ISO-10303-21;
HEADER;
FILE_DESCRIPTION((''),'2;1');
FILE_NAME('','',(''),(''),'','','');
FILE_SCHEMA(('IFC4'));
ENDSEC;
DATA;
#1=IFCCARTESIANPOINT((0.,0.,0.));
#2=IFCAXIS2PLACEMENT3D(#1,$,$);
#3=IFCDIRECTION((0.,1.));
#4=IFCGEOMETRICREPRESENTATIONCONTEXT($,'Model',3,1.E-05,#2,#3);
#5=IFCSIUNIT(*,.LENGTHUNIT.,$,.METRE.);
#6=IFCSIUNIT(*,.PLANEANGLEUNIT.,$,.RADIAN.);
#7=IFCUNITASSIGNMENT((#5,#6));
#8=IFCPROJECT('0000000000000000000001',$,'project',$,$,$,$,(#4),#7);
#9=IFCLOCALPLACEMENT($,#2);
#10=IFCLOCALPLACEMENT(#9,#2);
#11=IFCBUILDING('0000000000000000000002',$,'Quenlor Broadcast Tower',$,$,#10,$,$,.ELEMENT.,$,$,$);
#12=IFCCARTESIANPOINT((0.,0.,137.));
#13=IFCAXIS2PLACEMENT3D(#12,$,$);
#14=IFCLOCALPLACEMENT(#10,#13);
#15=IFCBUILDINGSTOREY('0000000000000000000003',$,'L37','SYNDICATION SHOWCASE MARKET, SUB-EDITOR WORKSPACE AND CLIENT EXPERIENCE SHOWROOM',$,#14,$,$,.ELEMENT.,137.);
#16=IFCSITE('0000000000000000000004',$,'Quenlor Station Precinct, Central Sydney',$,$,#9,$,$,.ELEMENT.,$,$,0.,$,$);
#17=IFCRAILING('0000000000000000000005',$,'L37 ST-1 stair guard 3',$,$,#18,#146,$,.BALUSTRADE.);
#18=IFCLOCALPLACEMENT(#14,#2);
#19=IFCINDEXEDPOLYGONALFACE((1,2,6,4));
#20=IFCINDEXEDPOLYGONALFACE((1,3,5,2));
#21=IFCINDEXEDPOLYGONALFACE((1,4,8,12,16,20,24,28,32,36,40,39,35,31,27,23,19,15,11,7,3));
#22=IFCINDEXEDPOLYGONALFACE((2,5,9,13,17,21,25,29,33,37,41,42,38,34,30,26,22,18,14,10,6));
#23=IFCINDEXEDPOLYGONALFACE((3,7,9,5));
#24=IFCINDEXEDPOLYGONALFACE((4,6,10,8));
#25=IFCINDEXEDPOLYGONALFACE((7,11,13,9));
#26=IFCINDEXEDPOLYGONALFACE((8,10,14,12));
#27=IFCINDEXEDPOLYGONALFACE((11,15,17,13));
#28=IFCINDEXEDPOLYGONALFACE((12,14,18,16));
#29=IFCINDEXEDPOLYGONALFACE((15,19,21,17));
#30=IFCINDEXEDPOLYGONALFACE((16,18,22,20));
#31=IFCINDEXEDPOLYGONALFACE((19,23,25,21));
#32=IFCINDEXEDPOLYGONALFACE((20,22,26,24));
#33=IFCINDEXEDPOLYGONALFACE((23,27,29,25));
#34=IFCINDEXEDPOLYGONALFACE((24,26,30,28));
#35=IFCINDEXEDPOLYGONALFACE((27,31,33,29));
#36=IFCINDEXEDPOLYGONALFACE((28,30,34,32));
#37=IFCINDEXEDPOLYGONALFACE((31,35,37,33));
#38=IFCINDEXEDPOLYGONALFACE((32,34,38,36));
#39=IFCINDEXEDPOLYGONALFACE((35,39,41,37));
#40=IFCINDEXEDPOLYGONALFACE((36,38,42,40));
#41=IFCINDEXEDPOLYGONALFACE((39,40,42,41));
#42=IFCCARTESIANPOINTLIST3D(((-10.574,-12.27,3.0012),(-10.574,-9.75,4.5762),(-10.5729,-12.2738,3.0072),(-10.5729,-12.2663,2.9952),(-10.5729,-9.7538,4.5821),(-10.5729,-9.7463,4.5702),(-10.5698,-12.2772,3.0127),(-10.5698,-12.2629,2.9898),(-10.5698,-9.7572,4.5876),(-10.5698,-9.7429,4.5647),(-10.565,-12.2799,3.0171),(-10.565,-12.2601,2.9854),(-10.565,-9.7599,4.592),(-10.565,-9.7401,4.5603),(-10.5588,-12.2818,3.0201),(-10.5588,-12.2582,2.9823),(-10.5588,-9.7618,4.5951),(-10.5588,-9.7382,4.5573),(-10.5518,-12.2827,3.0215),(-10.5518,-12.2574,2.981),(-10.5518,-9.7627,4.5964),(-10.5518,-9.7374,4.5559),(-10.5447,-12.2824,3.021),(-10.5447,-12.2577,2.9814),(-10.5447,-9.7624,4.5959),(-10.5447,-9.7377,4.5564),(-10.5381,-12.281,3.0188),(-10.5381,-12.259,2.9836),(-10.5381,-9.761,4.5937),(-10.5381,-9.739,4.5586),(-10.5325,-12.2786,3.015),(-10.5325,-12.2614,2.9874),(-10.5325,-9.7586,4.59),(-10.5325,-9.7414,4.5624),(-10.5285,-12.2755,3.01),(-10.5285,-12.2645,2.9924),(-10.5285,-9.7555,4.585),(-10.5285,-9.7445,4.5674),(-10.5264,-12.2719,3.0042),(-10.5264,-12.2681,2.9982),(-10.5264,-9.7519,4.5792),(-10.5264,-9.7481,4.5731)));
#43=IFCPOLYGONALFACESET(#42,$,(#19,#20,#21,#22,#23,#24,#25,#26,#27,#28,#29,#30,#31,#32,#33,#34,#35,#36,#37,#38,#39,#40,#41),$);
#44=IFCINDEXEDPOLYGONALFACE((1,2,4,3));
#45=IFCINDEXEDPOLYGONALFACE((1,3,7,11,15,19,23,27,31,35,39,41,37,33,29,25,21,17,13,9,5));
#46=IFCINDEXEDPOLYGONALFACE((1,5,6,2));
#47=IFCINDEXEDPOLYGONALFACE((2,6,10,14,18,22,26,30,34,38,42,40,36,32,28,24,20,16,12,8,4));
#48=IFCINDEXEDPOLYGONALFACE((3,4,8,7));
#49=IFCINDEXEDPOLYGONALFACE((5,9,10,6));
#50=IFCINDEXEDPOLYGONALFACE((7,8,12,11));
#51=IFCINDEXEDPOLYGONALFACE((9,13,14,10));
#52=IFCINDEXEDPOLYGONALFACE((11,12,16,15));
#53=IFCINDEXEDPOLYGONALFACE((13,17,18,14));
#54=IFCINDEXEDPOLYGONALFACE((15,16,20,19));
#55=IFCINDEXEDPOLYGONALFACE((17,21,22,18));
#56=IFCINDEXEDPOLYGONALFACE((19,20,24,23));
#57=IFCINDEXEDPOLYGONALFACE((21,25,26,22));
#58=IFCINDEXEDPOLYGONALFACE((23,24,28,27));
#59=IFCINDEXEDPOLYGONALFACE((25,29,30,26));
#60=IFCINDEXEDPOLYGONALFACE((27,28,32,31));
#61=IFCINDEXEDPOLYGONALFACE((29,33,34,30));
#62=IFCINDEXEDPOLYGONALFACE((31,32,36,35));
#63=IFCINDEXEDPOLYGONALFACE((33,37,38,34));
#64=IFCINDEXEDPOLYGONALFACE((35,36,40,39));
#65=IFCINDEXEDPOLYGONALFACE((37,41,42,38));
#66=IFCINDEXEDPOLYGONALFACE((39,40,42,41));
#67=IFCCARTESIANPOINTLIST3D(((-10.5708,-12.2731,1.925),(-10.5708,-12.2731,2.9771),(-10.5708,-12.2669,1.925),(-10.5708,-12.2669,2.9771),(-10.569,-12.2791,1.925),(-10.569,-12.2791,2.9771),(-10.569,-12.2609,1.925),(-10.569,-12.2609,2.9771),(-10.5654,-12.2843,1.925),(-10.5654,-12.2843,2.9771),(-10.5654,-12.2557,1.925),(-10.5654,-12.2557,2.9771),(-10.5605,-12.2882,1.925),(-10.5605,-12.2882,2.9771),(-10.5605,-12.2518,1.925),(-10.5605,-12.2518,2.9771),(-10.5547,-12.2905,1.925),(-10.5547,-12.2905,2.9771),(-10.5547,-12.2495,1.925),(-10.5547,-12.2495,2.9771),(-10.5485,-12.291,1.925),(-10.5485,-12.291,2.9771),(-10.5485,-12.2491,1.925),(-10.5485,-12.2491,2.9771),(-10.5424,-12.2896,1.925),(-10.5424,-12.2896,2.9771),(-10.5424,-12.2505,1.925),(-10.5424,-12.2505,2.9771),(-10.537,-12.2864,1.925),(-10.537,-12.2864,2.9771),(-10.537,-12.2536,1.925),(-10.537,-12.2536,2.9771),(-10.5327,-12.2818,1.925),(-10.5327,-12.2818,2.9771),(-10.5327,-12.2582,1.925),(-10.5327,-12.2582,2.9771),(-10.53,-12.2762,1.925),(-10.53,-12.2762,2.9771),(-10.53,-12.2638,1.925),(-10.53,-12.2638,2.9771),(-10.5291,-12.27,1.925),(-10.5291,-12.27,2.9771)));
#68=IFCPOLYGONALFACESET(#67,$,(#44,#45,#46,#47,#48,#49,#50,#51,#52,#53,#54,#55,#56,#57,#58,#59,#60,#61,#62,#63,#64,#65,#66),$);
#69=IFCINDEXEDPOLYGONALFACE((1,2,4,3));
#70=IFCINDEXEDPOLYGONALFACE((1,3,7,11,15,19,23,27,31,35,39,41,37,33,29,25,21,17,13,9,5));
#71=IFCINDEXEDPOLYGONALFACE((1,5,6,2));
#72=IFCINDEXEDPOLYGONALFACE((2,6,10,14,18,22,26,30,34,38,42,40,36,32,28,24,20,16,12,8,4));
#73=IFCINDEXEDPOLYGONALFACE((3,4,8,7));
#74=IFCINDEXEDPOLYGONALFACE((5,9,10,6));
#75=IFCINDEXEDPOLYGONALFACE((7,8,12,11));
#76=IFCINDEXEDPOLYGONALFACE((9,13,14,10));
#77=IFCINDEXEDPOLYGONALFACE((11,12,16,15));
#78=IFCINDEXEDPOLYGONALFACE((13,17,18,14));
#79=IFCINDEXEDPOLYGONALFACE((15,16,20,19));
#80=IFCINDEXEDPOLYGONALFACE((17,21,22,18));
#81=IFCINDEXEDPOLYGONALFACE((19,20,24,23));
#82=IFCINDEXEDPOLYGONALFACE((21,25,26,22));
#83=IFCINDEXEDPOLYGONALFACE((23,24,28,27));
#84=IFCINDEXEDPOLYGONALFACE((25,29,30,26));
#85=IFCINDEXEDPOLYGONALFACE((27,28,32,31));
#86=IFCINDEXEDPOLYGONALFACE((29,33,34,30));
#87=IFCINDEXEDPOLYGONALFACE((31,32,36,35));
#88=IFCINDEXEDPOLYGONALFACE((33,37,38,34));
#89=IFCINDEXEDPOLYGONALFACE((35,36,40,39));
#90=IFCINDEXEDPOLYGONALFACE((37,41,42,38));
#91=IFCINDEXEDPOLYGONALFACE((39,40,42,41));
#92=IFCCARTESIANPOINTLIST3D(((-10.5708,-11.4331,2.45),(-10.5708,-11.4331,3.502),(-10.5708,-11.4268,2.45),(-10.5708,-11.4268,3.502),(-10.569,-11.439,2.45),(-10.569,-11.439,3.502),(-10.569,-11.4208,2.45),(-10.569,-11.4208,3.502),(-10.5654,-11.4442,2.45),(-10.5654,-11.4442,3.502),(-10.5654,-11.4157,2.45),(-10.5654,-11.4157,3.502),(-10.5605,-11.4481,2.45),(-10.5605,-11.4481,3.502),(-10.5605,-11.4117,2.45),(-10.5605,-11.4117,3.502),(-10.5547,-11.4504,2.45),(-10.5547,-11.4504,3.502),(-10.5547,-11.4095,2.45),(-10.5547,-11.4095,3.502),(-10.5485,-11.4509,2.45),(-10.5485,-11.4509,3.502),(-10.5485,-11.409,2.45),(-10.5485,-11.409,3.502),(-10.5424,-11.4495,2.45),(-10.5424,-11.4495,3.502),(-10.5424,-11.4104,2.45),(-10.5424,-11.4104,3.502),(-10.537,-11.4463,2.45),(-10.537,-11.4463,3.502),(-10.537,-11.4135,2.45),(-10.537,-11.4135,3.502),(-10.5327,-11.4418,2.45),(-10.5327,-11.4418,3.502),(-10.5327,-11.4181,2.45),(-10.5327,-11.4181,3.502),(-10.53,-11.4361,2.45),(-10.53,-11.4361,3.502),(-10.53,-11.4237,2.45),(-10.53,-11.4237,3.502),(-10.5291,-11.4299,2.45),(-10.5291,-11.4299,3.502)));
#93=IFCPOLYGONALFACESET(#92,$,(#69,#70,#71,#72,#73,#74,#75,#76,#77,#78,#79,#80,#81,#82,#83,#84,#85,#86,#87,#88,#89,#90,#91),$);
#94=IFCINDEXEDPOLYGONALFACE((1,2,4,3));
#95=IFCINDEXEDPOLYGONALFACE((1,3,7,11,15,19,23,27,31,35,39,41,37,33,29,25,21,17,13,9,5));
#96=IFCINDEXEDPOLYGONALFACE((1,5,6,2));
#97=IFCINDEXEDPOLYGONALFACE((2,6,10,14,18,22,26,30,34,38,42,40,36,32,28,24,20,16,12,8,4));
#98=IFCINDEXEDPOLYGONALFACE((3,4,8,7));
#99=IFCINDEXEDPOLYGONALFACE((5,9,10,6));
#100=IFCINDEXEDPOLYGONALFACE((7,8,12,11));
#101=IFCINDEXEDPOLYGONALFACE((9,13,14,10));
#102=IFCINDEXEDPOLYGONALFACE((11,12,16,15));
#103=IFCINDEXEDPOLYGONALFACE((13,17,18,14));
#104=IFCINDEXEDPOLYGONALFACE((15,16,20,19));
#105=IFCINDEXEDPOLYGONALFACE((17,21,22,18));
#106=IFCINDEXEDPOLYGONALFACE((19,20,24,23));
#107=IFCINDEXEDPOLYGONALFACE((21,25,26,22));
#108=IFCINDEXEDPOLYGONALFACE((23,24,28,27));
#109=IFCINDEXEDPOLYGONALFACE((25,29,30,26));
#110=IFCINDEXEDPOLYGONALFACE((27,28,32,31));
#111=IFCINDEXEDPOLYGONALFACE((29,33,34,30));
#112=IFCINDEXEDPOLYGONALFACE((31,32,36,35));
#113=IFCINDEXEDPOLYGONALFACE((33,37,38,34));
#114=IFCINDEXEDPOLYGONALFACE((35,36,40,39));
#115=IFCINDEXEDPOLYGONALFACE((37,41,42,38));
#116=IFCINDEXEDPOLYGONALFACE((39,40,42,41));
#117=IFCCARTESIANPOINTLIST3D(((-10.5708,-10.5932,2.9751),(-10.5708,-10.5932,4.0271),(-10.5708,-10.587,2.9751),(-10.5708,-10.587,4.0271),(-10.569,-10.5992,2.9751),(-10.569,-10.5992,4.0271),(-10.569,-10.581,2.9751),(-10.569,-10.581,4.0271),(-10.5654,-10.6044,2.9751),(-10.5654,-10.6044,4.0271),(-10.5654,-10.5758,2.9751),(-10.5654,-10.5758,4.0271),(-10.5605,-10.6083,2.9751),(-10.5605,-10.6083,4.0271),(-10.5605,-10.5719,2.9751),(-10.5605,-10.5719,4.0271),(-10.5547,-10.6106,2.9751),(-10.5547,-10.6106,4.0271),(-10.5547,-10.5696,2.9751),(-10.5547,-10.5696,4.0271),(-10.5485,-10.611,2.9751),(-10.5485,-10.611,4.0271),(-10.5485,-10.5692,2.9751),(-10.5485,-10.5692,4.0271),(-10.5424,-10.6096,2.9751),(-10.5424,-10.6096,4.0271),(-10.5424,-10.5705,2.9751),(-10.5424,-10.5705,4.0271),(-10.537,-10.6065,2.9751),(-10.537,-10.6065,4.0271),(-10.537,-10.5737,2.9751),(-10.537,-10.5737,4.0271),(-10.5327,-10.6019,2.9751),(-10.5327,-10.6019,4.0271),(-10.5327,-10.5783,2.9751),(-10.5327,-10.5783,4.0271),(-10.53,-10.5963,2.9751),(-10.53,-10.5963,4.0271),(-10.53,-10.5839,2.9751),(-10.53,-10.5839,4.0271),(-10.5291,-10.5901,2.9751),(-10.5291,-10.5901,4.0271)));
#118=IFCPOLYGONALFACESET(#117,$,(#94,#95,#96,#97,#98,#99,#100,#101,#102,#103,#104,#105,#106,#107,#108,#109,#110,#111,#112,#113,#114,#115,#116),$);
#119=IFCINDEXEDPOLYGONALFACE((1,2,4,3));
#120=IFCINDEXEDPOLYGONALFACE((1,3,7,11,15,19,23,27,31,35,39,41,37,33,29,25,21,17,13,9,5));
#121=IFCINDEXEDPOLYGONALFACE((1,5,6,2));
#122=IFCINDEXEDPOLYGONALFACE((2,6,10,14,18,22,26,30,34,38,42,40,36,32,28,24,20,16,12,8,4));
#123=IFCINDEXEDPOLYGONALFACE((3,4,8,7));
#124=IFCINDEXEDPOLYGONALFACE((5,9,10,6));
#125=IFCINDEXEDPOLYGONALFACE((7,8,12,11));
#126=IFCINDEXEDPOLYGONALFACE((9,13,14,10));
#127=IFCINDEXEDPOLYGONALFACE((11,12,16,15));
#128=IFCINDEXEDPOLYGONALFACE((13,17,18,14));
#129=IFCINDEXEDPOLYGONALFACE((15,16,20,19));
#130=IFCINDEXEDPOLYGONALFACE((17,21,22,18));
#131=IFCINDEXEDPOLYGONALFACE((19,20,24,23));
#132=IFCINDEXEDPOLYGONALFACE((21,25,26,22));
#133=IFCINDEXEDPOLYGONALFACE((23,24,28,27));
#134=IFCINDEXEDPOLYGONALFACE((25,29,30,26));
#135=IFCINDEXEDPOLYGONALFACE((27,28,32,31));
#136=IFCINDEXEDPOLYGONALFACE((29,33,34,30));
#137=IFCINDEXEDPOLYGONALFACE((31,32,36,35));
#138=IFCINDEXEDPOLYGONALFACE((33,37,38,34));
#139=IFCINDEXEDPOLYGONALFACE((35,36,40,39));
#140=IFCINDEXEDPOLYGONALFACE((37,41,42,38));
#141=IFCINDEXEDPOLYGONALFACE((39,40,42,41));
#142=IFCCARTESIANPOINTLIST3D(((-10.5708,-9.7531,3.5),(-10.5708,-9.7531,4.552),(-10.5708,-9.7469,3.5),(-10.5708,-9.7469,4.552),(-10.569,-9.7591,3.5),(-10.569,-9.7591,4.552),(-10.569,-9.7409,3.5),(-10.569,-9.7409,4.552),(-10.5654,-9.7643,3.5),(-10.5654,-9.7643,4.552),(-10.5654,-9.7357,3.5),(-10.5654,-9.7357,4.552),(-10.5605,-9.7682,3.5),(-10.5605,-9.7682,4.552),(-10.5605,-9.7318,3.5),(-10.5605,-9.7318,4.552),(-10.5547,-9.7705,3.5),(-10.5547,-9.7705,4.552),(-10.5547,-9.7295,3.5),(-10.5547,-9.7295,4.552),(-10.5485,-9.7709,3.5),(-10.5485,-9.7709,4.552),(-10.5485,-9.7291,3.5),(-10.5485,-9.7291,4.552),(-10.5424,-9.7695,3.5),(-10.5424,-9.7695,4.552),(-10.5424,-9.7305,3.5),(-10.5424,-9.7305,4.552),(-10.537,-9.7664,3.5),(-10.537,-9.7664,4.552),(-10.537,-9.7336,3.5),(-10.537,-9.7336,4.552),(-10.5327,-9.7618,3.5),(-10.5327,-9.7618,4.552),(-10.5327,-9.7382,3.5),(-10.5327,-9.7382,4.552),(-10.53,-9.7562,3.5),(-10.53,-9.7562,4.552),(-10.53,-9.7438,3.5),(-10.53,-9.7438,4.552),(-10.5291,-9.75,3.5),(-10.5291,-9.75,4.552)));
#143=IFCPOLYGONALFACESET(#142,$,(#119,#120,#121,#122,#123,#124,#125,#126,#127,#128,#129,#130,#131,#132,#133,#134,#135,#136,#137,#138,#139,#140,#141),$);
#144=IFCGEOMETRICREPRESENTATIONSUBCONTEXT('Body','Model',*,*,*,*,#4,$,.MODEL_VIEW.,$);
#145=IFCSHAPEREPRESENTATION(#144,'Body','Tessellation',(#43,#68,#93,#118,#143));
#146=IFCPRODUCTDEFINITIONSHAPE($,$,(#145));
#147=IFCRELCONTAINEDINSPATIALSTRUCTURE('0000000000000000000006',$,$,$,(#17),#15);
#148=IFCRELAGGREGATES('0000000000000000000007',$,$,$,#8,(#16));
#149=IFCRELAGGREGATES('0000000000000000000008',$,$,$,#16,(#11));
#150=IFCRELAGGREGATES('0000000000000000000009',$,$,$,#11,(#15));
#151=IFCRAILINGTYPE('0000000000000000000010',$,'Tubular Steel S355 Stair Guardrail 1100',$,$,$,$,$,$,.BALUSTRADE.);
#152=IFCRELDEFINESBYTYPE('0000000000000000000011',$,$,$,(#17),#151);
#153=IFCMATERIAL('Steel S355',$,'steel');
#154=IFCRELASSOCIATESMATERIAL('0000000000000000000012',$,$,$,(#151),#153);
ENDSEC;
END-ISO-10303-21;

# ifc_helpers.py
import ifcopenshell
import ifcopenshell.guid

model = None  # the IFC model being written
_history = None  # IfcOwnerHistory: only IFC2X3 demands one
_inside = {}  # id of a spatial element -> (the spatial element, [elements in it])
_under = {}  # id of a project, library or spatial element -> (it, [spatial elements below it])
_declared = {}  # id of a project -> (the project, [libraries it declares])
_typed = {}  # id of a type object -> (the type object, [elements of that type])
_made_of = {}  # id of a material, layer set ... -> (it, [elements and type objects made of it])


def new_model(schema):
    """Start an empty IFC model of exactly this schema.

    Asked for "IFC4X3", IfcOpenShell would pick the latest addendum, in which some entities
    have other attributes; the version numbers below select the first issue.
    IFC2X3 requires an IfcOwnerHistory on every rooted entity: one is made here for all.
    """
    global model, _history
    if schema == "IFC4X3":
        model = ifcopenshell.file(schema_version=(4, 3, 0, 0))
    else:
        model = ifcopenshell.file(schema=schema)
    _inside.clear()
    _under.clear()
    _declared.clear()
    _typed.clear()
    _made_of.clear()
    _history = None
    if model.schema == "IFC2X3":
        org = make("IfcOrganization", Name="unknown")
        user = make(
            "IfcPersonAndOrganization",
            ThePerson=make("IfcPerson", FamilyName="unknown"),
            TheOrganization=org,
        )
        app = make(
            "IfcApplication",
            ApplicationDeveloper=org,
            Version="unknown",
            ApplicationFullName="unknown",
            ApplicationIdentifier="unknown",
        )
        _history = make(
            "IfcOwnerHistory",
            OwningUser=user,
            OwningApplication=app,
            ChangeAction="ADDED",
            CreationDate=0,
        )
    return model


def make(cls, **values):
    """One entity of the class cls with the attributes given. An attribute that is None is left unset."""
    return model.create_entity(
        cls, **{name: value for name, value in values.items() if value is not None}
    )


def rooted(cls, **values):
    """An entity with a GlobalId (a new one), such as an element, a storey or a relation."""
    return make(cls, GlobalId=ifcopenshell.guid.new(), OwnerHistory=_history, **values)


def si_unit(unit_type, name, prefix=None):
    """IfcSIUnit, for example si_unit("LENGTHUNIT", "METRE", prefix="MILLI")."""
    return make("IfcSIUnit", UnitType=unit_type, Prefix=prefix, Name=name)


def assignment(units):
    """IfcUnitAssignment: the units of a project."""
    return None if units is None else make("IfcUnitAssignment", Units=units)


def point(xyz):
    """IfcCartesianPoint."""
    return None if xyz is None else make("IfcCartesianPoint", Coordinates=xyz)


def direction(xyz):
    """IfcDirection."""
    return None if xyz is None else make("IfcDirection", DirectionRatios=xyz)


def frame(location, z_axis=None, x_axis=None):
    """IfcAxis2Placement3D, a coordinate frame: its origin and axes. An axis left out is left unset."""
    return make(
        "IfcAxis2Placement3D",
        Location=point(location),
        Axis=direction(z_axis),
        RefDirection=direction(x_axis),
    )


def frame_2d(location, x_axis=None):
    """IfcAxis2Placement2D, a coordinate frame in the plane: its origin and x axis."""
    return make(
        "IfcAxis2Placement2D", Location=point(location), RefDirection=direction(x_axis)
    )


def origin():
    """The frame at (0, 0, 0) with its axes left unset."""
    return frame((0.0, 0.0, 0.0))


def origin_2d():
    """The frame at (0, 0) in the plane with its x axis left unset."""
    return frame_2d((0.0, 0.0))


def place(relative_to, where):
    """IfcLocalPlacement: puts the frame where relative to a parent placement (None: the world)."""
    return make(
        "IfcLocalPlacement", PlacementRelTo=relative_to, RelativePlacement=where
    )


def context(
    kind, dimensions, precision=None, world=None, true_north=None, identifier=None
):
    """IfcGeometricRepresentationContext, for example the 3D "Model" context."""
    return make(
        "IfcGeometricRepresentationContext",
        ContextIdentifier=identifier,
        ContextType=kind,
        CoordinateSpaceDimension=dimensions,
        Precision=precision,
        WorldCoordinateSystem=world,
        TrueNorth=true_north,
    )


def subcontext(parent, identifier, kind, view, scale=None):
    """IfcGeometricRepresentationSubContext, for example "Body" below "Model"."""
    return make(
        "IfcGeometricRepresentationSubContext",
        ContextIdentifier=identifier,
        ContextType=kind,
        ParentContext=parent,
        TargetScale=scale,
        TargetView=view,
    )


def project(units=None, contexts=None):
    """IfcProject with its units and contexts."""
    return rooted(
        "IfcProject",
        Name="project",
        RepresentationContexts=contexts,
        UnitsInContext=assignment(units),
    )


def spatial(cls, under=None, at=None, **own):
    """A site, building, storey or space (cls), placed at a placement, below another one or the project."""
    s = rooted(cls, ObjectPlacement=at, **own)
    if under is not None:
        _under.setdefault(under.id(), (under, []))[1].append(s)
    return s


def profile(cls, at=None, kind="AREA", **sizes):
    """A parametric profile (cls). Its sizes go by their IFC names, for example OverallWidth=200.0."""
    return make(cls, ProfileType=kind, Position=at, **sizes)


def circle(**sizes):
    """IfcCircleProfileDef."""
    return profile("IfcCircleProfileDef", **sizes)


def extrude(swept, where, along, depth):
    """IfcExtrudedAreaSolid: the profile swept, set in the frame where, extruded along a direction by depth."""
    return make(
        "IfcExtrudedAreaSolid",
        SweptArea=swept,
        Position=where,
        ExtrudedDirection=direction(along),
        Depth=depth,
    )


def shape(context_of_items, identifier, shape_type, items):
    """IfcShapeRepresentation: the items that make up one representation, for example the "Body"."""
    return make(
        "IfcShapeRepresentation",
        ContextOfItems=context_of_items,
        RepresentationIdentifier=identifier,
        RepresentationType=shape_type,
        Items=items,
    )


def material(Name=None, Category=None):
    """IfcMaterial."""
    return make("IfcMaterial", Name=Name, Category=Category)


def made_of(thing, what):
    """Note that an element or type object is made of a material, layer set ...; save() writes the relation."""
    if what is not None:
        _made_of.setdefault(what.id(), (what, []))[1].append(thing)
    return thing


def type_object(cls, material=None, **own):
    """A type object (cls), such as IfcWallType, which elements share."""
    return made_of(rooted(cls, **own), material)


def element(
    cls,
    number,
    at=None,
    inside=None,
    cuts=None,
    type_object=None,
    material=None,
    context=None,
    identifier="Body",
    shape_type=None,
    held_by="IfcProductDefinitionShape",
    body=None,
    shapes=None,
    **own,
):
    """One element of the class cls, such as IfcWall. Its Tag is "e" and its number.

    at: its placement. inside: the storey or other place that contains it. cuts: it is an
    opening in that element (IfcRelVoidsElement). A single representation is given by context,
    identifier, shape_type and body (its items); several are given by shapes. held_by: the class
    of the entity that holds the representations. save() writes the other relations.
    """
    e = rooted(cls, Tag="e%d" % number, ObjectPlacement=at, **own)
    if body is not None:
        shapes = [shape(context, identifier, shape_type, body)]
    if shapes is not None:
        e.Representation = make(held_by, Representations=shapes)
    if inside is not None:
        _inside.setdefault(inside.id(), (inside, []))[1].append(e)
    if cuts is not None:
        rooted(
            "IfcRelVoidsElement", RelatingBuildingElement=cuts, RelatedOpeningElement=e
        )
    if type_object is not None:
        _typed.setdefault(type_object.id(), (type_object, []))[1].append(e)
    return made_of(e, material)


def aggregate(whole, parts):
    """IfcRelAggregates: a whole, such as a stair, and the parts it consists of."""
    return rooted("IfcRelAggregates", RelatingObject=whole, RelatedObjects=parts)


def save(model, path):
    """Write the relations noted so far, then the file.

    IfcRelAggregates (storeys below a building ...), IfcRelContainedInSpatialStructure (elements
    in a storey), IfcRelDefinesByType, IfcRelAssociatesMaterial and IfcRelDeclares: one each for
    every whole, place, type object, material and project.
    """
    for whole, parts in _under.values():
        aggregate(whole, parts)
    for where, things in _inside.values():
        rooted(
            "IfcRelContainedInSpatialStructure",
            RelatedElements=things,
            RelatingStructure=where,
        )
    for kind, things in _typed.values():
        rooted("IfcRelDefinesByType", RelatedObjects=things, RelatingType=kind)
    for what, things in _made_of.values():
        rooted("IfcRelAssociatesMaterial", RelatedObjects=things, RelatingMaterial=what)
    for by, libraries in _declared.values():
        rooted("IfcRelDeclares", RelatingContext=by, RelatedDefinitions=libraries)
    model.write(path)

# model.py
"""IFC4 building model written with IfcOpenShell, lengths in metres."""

from ifc_helpers import new_model, si_unit, direction, frame, origin, origin_2d, place, context, subcontext, project, spatial, circle, extrude, material, type_object, element, save


model = new_model("IFC4")

# Units and contexts
model_context = context("Model", 3, precision=1e-05, world=origin(), true_north=direction((0.0, 1.0)))
body_context = subcontext(model_context, "Body", "Model", "MODEL_VIEW")
ifc_project = project(units=[si_unit("LENGTHUNIT", "METRE"), si_unit("PLANEANGLEUNIT", "RADIAN")], contexts=[model_context])

# Site, building, storey
site_placement = place(None, origin())
site = spatial("IfcSite", under=ifc_project, at=site_placement, Name="Quenlor Station Precinct, Central Sydney", CompositionType="ELEMENT", RefElevation=0.0)
building_placement = place(site_placement, origin())
building = spatial("IfcBuilding", under=site, at=building_placement, Name="Quenlor Broadcast Tower", CompositionType="ELEMENT")
storey_placement = place(building_placement, frame((0.0, 0.0, 137.0)))
storey = spatial("IfcBuildingStorey", under=building, at=storey_placement, Name="L37", Description="SYNDICATION SHOWCASE MARKET, SUB-EDITOR WORKSPACE AND CLIENT EXPERIENCE SHOWROOM", CompositionType="ELEMENT", Elevation=137.0)

# Railing
ifc_material_1 = material(Name="Steel S355", Category="steel")
railing_type_1 = type_object("IfcRailingType", Name="Tubular Steel S355 Stair Guardrail 1100", PredefinedType="BALUSTRADE", material=ifc_material_1)
railing_1_placement = place(storey_placement, frame((-10.55, -12.27, 1.925)))
element("IfcRailing", 1, at=railing_1_placement, inside=storey, type_object=railing_type_1, Name="L37 ST-1 stair guard 3", PredefinedType="BALUSTRADE", context=body_context, shape_type="SweptSolid", body=[
    extrude(circle(Radius=0.0239, at=origin_2d()), frame((0.0, 0.0, 1.0762), z_axis=(0.0, 0.848008, 0.529984), x_axis=(-1.0, 0.0, 0.0)), (0.0, 0.0, 1.0), 2.9717),
    extrude(circle(Radius=0.021, at=origin_2d()), origin(), (0.0, 0.0, 1.0), 1.052),
    extrude(circle(Radius=0.021, at=origin_2d()), frame((0.0, 0.8401, 0.5249)), (0.0, 0.0, 1.0), 1.052),
    extrude(circle(Radius=0.021, at=origin_2d()), frame((0.0, 1.6799, 1.05)), (0.0, 0.0, 1.0), 1.052),
    extrude(circle(Radius=0.021, at=origin_2d()), frame((0.0, 2.52, 1.575)), (0.0, 0.0, 1.0), 1.052),
])

save(model, "model.ifc")
